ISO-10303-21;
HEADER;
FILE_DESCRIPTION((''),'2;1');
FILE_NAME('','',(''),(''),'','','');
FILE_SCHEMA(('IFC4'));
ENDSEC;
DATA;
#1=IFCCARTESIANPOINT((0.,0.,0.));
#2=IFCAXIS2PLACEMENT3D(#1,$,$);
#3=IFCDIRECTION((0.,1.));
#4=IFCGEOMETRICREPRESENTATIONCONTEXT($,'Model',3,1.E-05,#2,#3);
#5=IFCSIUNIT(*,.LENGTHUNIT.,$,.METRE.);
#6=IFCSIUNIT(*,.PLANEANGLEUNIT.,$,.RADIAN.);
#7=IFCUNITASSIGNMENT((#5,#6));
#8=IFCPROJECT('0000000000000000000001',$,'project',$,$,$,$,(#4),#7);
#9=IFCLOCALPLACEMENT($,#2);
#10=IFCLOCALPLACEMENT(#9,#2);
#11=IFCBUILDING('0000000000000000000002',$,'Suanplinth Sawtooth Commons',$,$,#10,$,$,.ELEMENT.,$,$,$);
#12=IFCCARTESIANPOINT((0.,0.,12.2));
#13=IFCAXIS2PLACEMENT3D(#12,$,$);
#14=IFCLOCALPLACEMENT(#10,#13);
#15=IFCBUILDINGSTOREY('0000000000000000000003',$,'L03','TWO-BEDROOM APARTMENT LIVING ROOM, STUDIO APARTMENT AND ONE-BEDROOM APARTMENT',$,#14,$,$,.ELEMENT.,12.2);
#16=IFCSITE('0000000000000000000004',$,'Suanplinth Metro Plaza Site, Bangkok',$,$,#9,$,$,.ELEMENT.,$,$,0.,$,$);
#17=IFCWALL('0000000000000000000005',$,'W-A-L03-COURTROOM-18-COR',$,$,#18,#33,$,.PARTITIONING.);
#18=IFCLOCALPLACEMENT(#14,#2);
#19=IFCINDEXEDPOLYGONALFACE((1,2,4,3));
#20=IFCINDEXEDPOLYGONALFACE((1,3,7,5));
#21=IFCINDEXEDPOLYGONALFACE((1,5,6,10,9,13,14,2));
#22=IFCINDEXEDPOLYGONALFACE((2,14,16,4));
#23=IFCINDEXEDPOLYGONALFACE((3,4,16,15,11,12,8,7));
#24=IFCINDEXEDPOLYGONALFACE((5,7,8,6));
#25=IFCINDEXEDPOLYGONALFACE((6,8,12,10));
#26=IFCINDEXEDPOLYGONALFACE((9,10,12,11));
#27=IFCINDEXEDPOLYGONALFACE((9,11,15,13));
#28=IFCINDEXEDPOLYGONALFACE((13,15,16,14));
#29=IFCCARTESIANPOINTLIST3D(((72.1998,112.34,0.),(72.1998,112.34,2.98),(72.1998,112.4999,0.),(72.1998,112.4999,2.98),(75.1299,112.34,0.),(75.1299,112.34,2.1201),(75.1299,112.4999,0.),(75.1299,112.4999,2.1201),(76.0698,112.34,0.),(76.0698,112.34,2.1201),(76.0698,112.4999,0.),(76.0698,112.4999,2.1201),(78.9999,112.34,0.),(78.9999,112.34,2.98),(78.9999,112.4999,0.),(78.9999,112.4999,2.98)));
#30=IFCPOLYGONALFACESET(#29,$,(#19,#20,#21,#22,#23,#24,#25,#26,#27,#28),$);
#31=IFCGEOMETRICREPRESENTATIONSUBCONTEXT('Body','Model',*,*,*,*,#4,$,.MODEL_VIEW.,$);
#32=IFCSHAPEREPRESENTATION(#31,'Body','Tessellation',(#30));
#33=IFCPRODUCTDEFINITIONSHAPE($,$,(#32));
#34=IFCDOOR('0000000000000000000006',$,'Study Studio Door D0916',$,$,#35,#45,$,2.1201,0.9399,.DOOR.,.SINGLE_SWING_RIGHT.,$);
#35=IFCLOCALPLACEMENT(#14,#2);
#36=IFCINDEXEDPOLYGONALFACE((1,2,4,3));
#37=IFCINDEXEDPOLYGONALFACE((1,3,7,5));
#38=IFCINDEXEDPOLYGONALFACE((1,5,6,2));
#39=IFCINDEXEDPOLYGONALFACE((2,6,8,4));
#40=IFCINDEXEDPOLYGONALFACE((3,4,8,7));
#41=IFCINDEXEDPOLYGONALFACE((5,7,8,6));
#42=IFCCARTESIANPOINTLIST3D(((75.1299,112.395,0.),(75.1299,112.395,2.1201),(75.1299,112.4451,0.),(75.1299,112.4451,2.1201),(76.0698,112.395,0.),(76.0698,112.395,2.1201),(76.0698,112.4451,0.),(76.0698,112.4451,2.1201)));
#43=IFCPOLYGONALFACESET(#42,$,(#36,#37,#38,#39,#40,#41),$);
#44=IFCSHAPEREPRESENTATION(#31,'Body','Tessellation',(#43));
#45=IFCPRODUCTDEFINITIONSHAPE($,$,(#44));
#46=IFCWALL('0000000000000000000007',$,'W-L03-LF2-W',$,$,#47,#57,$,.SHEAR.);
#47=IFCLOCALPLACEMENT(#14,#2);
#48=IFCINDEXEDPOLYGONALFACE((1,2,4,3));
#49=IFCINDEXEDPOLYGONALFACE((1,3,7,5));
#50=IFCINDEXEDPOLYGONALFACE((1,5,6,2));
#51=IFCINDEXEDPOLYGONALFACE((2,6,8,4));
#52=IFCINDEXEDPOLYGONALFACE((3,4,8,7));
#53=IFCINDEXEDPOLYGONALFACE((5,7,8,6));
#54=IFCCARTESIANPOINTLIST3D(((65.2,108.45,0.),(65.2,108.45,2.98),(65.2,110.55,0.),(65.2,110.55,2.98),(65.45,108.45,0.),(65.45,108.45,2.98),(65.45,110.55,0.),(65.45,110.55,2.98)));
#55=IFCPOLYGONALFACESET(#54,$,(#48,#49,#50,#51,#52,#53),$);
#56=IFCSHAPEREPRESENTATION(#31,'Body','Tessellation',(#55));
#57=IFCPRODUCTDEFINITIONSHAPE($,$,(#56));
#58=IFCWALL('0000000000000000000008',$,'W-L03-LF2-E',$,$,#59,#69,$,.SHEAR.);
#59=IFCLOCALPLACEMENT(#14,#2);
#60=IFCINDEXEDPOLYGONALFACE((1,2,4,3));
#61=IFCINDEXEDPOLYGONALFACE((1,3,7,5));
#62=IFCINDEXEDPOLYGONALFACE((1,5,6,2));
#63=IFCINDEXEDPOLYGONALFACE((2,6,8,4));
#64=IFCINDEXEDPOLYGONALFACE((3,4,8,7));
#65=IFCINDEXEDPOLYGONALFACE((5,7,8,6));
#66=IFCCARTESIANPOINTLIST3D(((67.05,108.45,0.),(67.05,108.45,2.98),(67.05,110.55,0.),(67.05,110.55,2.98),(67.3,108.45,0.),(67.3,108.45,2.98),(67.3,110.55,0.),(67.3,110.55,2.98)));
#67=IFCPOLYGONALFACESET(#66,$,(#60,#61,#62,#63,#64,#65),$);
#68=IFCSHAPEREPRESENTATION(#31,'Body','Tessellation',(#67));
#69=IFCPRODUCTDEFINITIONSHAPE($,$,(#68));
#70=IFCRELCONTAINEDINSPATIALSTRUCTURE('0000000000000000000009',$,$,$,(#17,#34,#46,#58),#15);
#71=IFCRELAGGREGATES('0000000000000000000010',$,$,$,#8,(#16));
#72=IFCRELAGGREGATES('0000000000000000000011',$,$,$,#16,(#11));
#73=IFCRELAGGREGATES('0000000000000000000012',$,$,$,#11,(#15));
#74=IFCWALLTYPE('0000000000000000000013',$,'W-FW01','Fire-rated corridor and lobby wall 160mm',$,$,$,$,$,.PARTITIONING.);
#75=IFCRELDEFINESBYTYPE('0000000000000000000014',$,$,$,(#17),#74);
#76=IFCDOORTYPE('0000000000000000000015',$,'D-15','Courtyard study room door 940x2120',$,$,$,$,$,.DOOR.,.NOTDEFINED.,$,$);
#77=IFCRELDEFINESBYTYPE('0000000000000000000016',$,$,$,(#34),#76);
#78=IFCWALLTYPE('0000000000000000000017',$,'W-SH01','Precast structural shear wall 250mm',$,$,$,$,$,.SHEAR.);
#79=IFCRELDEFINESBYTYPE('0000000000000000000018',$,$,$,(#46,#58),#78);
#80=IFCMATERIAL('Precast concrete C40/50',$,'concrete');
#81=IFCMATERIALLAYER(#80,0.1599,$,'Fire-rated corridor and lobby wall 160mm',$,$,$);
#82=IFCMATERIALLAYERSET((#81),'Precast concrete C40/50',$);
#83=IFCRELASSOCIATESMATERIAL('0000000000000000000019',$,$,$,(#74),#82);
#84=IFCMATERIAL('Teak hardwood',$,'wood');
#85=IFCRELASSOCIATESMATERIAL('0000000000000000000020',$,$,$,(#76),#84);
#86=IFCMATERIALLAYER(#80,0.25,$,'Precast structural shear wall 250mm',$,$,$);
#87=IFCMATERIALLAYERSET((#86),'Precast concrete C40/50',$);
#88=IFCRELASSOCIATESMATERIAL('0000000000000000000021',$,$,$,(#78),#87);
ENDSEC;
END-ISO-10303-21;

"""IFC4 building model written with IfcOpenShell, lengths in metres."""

from ifc_helpers import new_model, si_unit, direction, frame, frame_2d, origin, place, context, subcontext, project, spatial, rectangle, extrude, material, layer, layer_set, type_object, element, fill, save


model = new_model("IFC4")

# Units and contexts
model_context = context("Model", 3, precision=1e-05, world=origin(), true_north=direction((0.0, 1.0)))
body_context = subcontext(model_context, "Body", "Model", "MODEL_VIEW")
ifc_project = project(units=[si_unit("LENGTHUNIT", "METRE"), si_unit("PLANEANGLEUNIT", "RADIAN")], contexts=[model_context])

# Site, building, storey
site_placement = place(None, origin())
site = spatial("IfcSite", under=ifc_project, at=site_placement, Name="Suanplinth Metro Plaza Site, Bangkok", CompositionType="ELEMENT", RefElevation=0.0)
building_placement = place(site_placement, origin())
building = spatial("IfcBuilding", under=site, at=building_placement, Name="Suanplinth Sawtooth Commons", CompositionType="ELEMENT")
storey_placement = place(building_placement, frame((0.0, 0.0, 12.2)))
storey = spatial("IfcBuildingStorey", under=building, at=storey_placement, Name="L03", Description="TWO-BEDROOM APARTMENT LIVING ROOM, STUDIO APARTMENT AND ONE-BEDROOM APARTMENT", CompositionType="ELEMENT", Elevation=12.2)

# Shared definitions
ifc_material_1 = material(Name="Precast concrete C40/50", Category="concrete")

# Shared definitions
ifc_layer_1 = layer(ifc_material_1, 0.1599, Name="Fire-rated corridor and lobby wall 160mm")
ifc_layer_set_1 = layer_set([ifc_layer_1], Name="Precast concrete C40/50")
wall_type_1 = type_object("IfcWallType", Name="W-FW01", Description="Fire-rated corridor and lobby wall 160mm", PredefinedType="PARTITIONING", material=ifc_layer_set_1)

# Wall, opening, door
wall_1_placement = place(storey_placement, frame((72.2, 112.4199, 0.0), z_axis=(0.0, 0.0, 1.0), x_axis=(1.0, 0.0, 0.0)))
wall_1 = element("IfcWall", 1, at=wall_1_placement, inside=storey, type_object=wall_type_1, Name="W-A-L03-COURTROOM-18-COR", PredefinedType="PARTITIONING", context=body_context, shape_type="SweptSolid", body=[
    extrude(rectangle(XDim=6.8, YDim=0.1599, at=frame_2d((3.3999, 0.0))), origin(), (0.0, 0.0, 1.0), 2.98),
])
opening_1_placement = place(wall_1_placement, frame((2.9299, 0.0, 0.0)))
opening_1 = element("IfcOpeningElement", 2, at=opening_1_placement, cuts=wall_1, PredefinedType="OPENING", context=body_context, shape_type="SweptSolid", body=[
    extrude(rectangle(XDim=0.9399, YDim=2.1201, at=frame_2d((0.47, 1.0601))), frame((0.0, 0.0947, 0.0), z_axis=(0.0, -1.0, 0.0), x_axis=(1.0, 0.0, 0.0)), (0.0, 0.0, 1.0), 0.1897),
])
ifc_material_2 = material(Name="Teak hardwood", Category="wood")
door_type_1 = type_object("IfcDoorType", Name="D-15", Description="Courtyard study room door 940x2120", OperationType="NOTDEFINED", PredefinedType="DOOR", material=ifc_material_2)
door_1_placement = place(opening_1_placement, frame((0.9399, 0.0, 0.0), z_axis=(0.0, 0.0, 1.0), x_axis=(-1.0, 0.0, 0.0)))
door_1 = element("IfcDoor", 3, at=door_1_placement, inside=storey, type_object=door_type_1, Name="Study Studio Door D0916", OperationType="SINGLE_SWING_RIGHT", OverallHeight=2.1201, OverallWidth=0.9399, PredefinedType="DOOR", context=body_context, shape_type="SweptSolid", body=[
    extrude(rectangle(XDim=0.9399, YDim=2.1201, at=frame_2d((0.47, 1.0601))), frame((0.0, 0.0249, 0.0), z_axis=(0.0, -1.0, 0.0), x_axis=(1.0, 0.0, 0.0)), (0.0, 0.0, 1.0), 0.05),
])
fill(opening_1, door_1)

# Walls
ifc_layer_2 = layer(ifc_material_1, 0.25, Name="Precast structural shear wall 250mm")
ifc_layer_set_2 = layer_set([ifc_layer_2], Name="Precast concrete C40/50")
wall_type_2 = type_object("IfcWallType", Name="W-SH01", Description="Precast structural shear wall 250mm", PredefinedType="SHEAR", material=ifc_layer_set_2)
for number, where, z_axis, x_axis, name in (
    (4, (65.325, 108.45, 0.0), (0.0, 0.0, 1.0), (0.0, 1.0, 0.0), "W-L03-LF2-W"),
    (5, (67.175, 108.45, 0.0), (0.0, 0.0, 1.0), (0.0, 1.0, 0.0), "W-L03-LF2-E"),
):
    element("IfcWall", number, at=place(storey_placement, frame(where, z_axis=z_axis, x_axis=x_axis)), inside=storey, type_object=wall_type_2, Name=name, PredefinedType="SHEAR", context=body_context, shape_type="SweptSolid", body=[
        extrude(rectangle(XDim=2.1001, YDim=0.25, at=frame_2d((1.05, 0.0))), origin(), (0.0, 0.0, 1.0), 2.98),
    ])

save(model, "model.ifc")
